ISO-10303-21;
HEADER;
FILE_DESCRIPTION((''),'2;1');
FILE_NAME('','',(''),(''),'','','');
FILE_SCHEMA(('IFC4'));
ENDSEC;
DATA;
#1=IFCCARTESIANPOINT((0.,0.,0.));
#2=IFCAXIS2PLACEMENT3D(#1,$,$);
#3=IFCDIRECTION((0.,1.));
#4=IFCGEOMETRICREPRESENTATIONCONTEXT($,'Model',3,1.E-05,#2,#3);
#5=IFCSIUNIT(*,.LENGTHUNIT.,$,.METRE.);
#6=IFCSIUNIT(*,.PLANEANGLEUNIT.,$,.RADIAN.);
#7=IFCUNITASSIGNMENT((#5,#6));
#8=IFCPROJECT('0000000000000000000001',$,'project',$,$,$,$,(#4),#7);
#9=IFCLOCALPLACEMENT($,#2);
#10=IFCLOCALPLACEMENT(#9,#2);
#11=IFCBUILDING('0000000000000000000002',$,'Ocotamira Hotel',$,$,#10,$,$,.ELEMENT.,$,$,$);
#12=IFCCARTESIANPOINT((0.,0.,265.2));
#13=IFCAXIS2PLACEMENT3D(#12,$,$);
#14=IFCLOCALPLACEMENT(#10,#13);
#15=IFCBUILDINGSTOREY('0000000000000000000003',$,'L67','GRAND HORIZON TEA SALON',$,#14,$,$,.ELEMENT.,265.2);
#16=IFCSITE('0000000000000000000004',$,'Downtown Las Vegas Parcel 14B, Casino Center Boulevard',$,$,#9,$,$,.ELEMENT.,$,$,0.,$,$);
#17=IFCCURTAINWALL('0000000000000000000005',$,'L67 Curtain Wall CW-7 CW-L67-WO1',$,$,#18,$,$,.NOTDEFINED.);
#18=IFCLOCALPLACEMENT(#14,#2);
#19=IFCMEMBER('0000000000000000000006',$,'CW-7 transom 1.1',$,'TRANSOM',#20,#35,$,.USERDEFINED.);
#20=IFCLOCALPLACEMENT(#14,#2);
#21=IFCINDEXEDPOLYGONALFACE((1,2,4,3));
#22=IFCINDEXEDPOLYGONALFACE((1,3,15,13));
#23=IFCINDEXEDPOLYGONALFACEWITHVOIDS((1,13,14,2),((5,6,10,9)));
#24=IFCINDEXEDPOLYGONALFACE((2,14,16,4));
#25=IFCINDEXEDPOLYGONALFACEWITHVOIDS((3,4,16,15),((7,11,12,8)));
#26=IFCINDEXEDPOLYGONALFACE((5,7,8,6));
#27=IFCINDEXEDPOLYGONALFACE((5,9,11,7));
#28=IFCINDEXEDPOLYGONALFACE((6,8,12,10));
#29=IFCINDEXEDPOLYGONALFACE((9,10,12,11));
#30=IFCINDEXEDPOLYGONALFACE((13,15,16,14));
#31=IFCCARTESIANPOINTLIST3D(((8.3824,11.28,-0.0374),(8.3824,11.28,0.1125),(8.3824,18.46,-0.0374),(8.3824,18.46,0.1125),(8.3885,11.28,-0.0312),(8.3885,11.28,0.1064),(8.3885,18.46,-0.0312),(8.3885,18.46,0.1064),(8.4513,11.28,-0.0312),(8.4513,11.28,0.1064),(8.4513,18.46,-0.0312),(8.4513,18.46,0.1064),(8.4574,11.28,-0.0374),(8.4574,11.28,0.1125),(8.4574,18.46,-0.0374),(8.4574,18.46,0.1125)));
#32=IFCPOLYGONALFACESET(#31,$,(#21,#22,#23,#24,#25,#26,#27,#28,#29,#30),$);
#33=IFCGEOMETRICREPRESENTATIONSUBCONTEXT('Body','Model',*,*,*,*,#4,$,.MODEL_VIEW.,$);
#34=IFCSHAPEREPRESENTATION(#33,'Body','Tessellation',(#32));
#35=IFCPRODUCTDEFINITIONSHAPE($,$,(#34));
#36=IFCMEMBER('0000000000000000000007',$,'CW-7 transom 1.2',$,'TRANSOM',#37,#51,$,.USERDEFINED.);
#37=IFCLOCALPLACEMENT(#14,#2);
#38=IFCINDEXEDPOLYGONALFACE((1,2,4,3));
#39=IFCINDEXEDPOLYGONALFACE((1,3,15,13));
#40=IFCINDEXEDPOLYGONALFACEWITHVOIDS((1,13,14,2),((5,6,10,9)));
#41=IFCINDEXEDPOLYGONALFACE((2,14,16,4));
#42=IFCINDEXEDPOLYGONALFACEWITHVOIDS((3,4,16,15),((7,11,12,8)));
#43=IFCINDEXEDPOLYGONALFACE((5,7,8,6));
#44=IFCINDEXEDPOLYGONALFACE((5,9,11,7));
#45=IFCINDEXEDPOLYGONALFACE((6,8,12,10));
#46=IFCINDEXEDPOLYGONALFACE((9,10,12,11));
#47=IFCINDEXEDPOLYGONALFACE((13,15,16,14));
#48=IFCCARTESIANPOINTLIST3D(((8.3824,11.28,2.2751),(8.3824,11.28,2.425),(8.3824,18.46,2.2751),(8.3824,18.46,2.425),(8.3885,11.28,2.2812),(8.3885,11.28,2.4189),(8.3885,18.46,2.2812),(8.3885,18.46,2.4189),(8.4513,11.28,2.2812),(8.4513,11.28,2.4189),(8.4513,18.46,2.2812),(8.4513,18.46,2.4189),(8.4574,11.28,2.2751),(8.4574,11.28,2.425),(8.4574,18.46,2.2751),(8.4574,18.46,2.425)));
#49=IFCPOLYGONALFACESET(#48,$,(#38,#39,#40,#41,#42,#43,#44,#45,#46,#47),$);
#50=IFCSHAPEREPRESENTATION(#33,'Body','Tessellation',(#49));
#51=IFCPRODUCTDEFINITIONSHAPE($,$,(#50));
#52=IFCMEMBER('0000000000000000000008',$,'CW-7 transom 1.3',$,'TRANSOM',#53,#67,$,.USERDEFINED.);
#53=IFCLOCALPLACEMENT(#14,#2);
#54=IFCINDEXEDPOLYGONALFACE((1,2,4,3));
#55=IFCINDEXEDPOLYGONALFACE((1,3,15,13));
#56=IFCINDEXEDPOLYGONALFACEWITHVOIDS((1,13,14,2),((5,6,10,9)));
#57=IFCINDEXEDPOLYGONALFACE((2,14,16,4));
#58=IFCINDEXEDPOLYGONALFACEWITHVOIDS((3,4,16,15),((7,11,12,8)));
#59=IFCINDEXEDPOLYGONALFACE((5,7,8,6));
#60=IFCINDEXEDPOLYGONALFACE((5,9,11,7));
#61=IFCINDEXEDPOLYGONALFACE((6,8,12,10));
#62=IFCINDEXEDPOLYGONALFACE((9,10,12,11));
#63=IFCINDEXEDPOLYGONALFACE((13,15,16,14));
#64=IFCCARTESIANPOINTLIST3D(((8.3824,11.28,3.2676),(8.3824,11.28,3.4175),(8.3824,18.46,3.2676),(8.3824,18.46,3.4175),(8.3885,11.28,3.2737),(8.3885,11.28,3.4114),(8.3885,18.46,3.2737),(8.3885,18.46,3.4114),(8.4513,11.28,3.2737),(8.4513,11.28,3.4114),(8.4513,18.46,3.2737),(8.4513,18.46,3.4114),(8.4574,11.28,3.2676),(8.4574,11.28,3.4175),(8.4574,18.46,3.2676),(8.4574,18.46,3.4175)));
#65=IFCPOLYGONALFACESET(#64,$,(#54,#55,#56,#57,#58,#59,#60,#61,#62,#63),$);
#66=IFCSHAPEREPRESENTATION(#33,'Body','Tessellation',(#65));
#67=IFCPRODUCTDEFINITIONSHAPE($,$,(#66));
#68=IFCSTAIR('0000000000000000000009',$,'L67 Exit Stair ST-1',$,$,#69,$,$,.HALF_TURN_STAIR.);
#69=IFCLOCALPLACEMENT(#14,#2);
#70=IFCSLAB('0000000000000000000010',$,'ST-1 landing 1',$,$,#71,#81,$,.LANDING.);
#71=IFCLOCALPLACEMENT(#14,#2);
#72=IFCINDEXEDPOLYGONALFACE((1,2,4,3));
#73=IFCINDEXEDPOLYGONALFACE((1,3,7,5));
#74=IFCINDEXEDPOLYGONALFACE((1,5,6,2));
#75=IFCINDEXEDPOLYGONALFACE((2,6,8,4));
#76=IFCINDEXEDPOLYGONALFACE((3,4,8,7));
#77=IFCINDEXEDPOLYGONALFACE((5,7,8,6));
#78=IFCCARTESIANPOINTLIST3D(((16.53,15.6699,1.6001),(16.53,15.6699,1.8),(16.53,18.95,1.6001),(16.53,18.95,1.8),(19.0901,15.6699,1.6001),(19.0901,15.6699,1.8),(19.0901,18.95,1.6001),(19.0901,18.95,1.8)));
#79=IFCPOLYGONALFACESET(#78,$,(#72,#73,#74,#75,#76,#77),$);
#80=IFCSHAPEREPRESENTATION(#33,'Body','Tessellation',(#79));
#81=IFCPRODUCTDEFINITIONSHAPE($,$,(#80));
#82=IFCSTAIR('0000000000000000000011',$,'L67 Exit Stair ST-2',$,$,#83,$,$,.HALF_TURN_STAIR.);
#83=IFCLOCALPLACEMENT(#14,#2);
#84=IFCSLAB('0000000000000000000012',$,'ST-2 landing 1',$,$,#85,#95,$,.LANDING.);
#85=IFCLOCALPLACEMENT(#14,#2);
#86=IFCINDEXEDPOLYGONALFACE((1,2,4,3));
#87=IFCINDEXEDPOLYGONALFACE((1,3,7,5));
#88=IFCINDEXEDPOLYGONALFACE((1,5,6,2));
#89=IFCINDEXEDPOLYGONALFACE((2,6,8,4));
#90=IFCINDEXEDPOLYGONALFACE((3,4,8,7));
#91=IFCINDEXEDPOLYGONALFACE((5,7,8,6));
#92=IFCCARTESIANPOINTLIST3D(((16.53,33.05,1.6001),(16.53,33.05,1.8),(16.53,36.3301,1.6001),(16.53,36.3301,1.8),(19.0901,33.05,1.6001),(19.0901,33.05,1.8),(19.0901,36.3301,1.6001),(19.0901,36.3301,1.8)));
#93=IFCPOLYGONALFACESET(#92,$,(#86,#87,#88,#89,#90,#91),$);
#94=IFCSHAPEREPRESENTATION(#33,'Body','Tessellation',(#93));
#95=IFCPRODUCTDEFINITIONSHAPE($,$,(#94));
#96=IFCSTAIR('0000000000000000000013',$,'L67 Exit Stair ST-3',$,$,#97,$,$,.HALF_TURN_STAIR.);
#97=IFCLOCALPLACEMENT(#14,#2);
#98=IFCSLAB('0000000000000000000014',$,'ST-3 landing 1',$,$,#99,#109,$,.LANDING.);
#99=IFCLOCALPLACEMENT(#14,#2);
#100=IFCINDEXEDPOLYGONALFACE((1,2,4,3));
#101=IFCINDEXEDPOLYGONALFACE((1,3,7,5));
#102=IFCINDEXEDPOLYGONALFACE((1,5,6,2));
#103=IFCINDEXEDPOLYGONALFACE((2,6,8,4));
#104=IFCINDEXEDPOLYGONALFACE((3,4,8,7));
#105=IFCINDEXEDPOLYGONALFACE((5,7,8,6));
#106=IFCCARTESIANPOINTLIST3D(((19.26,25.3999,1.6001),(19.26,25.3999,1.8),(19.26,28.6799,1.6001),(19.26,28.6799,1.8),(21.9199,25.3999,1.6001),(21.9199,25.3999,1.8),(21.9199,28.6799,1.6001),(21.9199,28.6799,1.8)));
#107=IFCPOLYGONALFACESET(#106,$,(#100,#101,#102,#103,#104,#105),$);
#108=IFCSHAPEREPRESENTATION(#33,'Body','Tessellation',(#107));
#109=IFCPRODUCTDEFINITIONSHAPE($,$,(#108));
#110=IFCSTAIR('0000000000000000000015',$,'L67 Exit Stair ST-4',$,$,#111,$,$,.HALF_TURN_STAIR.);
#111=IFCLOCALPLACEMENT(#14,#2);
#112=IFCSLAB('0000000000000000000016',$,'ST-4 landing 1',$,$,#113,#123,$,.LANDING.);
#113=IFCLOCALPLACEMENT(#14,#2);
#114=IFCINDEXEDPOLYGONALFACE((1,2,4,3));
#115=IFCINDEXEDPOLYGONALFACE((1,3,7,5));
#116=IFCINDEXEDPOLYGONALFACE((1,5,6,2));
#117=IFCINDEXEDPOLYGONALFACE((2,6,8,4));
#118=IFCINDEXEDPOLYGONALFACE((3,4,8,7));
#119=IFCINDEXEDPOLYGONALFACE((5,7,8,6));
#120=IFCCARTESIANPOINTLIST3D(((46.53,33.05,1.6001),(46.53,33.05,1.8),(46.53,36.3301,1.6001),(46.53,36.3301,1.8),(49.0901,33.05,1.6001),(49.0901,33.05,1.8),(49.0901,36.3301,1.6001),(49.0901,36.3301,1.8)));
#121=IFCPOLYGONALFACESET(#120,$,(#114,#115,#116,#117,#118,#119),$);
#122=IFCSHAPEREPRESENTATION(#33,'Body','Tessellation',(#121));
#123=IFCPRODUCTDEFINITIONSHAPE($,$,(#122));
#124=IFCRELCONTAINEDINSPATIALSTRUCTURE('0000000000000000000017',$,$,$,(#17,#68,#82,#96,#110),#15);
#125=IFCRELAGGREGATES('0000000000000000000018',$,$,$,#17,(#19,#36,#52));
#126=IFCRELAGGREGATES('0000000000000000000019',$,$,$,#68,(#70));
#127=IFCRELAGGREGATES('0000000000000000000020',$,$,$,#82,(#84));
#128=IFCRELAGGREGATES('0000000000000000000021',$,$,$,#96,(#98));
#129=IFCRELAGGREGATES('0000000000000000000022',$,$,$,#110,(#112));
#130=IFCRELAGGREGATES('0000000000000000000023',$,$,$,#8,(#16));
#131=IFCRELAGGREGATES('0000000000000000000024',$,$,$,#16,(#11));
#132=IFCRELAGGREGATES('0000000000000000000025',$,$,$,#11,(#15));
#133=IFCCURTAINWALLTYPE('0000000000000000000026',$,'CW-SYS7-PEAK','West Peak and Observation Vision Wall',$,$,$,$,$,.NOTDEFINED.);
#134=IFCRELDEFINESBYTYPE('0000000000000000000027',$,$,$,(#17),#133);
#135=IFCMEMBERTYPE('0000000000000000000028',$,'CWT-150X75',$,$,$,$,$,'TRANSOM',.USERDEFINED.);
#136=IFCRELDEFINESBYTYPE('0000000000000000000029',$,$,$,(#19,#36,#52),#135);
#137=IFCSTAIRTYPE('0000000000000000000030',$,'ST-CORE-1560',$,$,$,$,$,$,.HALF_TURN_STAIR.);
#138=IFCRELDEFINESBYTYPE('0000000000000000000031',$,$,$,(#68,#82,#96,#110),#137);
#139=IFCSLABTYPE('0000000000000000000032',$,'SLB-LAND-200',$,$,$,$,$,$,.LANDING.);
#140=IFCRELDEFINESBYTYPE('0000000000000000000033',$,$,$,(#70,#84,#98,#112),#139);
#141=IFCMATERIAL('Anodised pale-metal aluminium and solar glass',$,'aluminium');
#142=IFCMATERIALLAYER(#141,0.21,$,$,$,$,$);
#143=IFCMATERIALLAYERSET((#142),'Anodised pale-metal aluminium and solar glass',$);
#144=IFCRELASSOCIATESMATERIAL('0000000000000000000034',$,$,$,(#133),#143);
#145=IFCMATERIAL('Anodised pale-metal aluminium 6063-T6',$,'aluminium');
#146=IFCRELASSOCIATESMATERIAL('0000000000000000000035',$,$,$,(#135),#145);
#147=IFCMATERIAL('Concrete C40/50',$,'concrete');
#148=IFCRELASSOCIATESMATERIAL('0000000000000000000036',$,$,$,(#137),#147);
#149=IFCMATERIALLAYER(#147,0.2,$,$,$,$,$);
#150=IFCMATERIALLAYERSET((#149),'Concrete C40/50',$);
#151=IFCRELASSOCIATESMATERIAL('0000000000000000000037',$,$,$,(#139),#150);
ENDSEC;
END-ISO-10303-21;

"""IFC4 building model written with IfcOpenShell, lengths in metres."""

from ifc_helpers import new_model, si_unit, direction, frame, origin, origin_2d, place, context, subcontext, project, spatial, polyline, hollow_rectangle, outline, extrude, source, transform, mapped, material, layer, layer_set, material_profile, profile_set, type_object, element, aggregate, save


model = new_model("IFC4")

# Units and contexts
model_context = context("Model", 3, precision=1e-05, world=origin(), true_north=direction((0.0, 1.0)))
body_context = subcontext(model_context, "Body", "Model", "MODEL_VIEW")
ifc_project = project(units=[si_unit("LENGTHUNIT", "METRE"), si_unit("PLANEANGLEUNIT", "RADIAN")], contexts=[model_context])

# Site, building, storey
site_placement = place(None, origin())
site = spatial("IfcSite", under=ifc_project, at=site_placement, Name="Downtown Las Vegas Parcel 14B, Casino Center Boulevard", CompositionType="ELEMENT", RefElevation=0.0)
building_placement = place(site_placement, origin())
building = spatial("IfcBuilding", under=site, at=building_placement, Name="Ocotamira Hotel", CompositionType="ELEMENT")
storey_placement = place(building_placement, frame((0.0, 0.0, 265.2)))
storey = spatial("IfcBuildingStorey", under=building, at=storey_placement, Name="L67", Description="GRAND HORIZON TEA SALON", CompositionType="ELEMENT", Elevation=265.2)

# Curtain wall
ifc_material_1 = material(Name="Anodised pale-metal aluminium and solar glass", Category="aluminium")
ifc_layer_1 = layer(ifc_material_1, 0.21)
ifc_layer_set_1 = layer_set([ifc_layer_1], Name="Anodised pale-metal aluminium and solar glass")
curtain_wall_type = type_object("IfcCurtainWallType", Name="CW-SYS7-PEAK", Description="West Peak and Observation Vision Wall", PredefinedType="NOTDEFINED", material=ifc_layer_set_1)
ifc_material_2 = material(Name="Anodised pale-metal aluminium 6063-T6", Category="aluminium")
curtain_wall_1_placement = place(storey_placement, origin())
curtain_wall_1 = element("IfcCurtainWall", 1, at=curtain_wall_1_placement, inside=storey, type_object=curtain_wall_type, Name="L67 Curtain Wall CW-7 CW-L67-WO1", PredefinedType="NOTDEFINED")

# Members
ifc_material_profile_1 = material_profile(ifc_material_2, hollow_rectangle(XDim=0.075, YDim=0.1499, WallThickness=0.0061, at=origin_2d()), Name="HSS150X75X6")
ifc_profile_set_1 = profile_set([ifc_material_profile_1], Name="Anodised pale-metal aluminium 6063-T6")
member_type_1 = type_object("IfcMemberType", Name="CWT-150X75", ElementType="TRANSOM", PredefinedType="USERDEFINED", material=ifc_profile_set_1)
shared_shape_1 = source(origin(), body_context, "Body", "SweptSolid", [
    extrude(hollow_rectangle(XDim=0.075, YDim=0.1499, WallThickness=0.0061, at=origin_2d()), origin(), (0.0, 0.0, 1.0), 7.1799),
])
member_1_placement = place(storey_placement, frame((8.4199, 11.28, 0.0376), z_axis=(0.0, 1.0, 0.0), x_axis=(-1.0, 0.0, 0.0)))
member_1 = element("IfcMember", 2, at=member_1_placement, type_object=member_type_1, Name="CW-7 transom 1.1", ObjectType="TRANSOM", PredefinedType="USERDEFINED", context=body_context, shape_type="MappedRepresentation", body=[
    mapped(shared_shape_1, transform((0.0, 0.0, 0.0), scale=1.0)),
])
member_2_placement = place(storey_placement, frame((8.4199, 11.28, 2.3501), z_axis=(0.0, 1.0, 0.0), x_axis=(-1.0, 0.0, 0.0)))
member_2 = element("IfcMember", 3, at=member_2_placement, type_object=member_type_1, Name="CW-7 transom 1.2", ObjectType="TRANSOM", PredefinedType="USERDEFINED", context=body_context, shape_type="MappedRepresentation", body=[
    mapped(shared_shape_1, transform((0.0, 0.0, 0.0), scale=1.0)),
])
member_3_placement = place(storey_placement, frame((8.4199, 11.28, 3.3425), z_axis=(0.0, 1.0, 0.0), x_axis=(-1.0, 0.0, 0.0)))
member_3 = element("IfcMember", 4, at=member_3_placement, type_object=member_type_1, Name="CW-7 transom 1.3", ObjectType="TRANSOM", PredefinedType="USERDEFINED", context=body_context, shape_type="MappedRepresentation", body=[
    mapped(shared_shape_1, transform((0.0, 0.0, 0.0), scale=1.0)),
])
aggregate(curtain_wall_1, [member_1, member_2, member_3])

# Stairs, slabs
ifc_material_3 = material(Name="Concrete C40/50", Category="concrete")
stair_type = type_object("IfcStairType", Name="ST-CORE-1560", PredefinedType="HALF_TURN_STAIR", material=ifc_material_3)
stair_1_placement = place(storey_placement, origin())
stair_1 = element("IfcStair", 5, at=stair_1_placement, inside=storey, type_object=stair_type, Name="L67 Exit Stair ST-1", PredefinedType="HALF_TURN_STAIR")
ifc_layer_2 = layer(ifc_material_3, 0.2)
ifc_layer_set_2 = layer_set([ifc_layer_2], Name="Concrete C40/50")
slab_type_1 = type_object("IfcSlabType", Name="SLB-LAND-200", PredefinedType="LANDING", material=ifc_layer_set_2)
slab_1_placement = place(storey_placement, frame((0.0, 0.0, 1.6001)))
slab_1 = element("IfcSlab", 6, at=slab_1_placement, type_object=slab_type_1, Name="ST-1 landing 1", PredefinedType="LANDING", context=body_context, shape_type="SweptSolid", body=[
    extrude(outline(polyline([(16.53, 15.6699), (19.0901, 15.6699), (19.0901, 18.95), (16.53, 18.95), (16.53, 15.6699)])), origin(), (0.0, 0.0, 1.0), 0.2),
])
aggregate(stair_1, [slab_1])
stair_2_placement = place(storey_placement, origin())
stair_2 = element("IfcStair", 7, at=stair_2_placement, inside=storey, type_object=stair_type, Name="L67 Exit Stair ST-2", PredefinedType="HALF_TURN_STAIR")
slab_2_placement = place(storey_placement, frame((0.0, 0.0, 1.6001)))
slab_2 = element("IfcSlab", 8, at=slab_2_placement, type_object=slab_type_1, Name="ST-2 landing 1", PredefinedType="LANDING", context=body_context, shape_type="SweptSolid", body=[
    extrude(outline(polyline([(16.53, 33.05), (19.0901, 33.05), (19.0901, 36.3301), (16.53, 36.3301), (16.53, 33.05)])), origin(), (0.0, 0.0, 1.0), 0.2),
])
aggregate(stair_2, [slab_2])
stair_3_placement = place(storey_placement, origin())
stair_3 = element("IfcStair", 9, at=stair_3_placement, inside=storey, type_object=stair_type, Name="L67 Exit Stair ST-3", PredefinedType="HALF_TURN_STAIR")
slab_3_placement = place(storey_placement, frame((0.0, 0.0, 1.6001)))
slab_3 = element("IfcSlab", 10, at=slab_3_placement, type_object=slab_type_1, Name="ST-3 landing 1", PredefinedType="LANDING", context=body_context, shape_type="SweptSolid", body=[
    extrude(outline(polyline([(19.26, 25.3999), (21.9199, 25.3999), (21.9199, 28.6799), (19.26, 28.6799), (19.26, 25.3999)])), origin(), (0.0, 0.0, 1.0), 0.2),
])
aggregate(stair_3, [slab_3])
stair_4_placement = place(storey_placement, origin())
stair_4 = element("IfcStair", 11, at=stair_4_placement, inside=storey, type_object=stair_type, Name="L67 Exit Stair ST-4", PredefinedType="HALF_TURN_STAIR")
slab_4_placement = place(storey_placement, frame((0.0, 0.0, 1.6001)))
slab_4 = element("IfcSlab", 12, at=slab_4_placement, type_object=slab_type_1, Name="ST-4 landing 1", PredefinedType="LANDING", context=body_context, shape_type="SweptSolid", body=[
    extrude(outline(polyline([(46.53, 33.05), (49.0901, 33.05), (49.0901, 36.3301), (46.53, 36.3301), (46.53, 33.05)])), origin(), (0.0, 0.0, 1.0), 0.2),
])
aggregate(stair_4, [slab_4])

save(model, "model.ifc")
